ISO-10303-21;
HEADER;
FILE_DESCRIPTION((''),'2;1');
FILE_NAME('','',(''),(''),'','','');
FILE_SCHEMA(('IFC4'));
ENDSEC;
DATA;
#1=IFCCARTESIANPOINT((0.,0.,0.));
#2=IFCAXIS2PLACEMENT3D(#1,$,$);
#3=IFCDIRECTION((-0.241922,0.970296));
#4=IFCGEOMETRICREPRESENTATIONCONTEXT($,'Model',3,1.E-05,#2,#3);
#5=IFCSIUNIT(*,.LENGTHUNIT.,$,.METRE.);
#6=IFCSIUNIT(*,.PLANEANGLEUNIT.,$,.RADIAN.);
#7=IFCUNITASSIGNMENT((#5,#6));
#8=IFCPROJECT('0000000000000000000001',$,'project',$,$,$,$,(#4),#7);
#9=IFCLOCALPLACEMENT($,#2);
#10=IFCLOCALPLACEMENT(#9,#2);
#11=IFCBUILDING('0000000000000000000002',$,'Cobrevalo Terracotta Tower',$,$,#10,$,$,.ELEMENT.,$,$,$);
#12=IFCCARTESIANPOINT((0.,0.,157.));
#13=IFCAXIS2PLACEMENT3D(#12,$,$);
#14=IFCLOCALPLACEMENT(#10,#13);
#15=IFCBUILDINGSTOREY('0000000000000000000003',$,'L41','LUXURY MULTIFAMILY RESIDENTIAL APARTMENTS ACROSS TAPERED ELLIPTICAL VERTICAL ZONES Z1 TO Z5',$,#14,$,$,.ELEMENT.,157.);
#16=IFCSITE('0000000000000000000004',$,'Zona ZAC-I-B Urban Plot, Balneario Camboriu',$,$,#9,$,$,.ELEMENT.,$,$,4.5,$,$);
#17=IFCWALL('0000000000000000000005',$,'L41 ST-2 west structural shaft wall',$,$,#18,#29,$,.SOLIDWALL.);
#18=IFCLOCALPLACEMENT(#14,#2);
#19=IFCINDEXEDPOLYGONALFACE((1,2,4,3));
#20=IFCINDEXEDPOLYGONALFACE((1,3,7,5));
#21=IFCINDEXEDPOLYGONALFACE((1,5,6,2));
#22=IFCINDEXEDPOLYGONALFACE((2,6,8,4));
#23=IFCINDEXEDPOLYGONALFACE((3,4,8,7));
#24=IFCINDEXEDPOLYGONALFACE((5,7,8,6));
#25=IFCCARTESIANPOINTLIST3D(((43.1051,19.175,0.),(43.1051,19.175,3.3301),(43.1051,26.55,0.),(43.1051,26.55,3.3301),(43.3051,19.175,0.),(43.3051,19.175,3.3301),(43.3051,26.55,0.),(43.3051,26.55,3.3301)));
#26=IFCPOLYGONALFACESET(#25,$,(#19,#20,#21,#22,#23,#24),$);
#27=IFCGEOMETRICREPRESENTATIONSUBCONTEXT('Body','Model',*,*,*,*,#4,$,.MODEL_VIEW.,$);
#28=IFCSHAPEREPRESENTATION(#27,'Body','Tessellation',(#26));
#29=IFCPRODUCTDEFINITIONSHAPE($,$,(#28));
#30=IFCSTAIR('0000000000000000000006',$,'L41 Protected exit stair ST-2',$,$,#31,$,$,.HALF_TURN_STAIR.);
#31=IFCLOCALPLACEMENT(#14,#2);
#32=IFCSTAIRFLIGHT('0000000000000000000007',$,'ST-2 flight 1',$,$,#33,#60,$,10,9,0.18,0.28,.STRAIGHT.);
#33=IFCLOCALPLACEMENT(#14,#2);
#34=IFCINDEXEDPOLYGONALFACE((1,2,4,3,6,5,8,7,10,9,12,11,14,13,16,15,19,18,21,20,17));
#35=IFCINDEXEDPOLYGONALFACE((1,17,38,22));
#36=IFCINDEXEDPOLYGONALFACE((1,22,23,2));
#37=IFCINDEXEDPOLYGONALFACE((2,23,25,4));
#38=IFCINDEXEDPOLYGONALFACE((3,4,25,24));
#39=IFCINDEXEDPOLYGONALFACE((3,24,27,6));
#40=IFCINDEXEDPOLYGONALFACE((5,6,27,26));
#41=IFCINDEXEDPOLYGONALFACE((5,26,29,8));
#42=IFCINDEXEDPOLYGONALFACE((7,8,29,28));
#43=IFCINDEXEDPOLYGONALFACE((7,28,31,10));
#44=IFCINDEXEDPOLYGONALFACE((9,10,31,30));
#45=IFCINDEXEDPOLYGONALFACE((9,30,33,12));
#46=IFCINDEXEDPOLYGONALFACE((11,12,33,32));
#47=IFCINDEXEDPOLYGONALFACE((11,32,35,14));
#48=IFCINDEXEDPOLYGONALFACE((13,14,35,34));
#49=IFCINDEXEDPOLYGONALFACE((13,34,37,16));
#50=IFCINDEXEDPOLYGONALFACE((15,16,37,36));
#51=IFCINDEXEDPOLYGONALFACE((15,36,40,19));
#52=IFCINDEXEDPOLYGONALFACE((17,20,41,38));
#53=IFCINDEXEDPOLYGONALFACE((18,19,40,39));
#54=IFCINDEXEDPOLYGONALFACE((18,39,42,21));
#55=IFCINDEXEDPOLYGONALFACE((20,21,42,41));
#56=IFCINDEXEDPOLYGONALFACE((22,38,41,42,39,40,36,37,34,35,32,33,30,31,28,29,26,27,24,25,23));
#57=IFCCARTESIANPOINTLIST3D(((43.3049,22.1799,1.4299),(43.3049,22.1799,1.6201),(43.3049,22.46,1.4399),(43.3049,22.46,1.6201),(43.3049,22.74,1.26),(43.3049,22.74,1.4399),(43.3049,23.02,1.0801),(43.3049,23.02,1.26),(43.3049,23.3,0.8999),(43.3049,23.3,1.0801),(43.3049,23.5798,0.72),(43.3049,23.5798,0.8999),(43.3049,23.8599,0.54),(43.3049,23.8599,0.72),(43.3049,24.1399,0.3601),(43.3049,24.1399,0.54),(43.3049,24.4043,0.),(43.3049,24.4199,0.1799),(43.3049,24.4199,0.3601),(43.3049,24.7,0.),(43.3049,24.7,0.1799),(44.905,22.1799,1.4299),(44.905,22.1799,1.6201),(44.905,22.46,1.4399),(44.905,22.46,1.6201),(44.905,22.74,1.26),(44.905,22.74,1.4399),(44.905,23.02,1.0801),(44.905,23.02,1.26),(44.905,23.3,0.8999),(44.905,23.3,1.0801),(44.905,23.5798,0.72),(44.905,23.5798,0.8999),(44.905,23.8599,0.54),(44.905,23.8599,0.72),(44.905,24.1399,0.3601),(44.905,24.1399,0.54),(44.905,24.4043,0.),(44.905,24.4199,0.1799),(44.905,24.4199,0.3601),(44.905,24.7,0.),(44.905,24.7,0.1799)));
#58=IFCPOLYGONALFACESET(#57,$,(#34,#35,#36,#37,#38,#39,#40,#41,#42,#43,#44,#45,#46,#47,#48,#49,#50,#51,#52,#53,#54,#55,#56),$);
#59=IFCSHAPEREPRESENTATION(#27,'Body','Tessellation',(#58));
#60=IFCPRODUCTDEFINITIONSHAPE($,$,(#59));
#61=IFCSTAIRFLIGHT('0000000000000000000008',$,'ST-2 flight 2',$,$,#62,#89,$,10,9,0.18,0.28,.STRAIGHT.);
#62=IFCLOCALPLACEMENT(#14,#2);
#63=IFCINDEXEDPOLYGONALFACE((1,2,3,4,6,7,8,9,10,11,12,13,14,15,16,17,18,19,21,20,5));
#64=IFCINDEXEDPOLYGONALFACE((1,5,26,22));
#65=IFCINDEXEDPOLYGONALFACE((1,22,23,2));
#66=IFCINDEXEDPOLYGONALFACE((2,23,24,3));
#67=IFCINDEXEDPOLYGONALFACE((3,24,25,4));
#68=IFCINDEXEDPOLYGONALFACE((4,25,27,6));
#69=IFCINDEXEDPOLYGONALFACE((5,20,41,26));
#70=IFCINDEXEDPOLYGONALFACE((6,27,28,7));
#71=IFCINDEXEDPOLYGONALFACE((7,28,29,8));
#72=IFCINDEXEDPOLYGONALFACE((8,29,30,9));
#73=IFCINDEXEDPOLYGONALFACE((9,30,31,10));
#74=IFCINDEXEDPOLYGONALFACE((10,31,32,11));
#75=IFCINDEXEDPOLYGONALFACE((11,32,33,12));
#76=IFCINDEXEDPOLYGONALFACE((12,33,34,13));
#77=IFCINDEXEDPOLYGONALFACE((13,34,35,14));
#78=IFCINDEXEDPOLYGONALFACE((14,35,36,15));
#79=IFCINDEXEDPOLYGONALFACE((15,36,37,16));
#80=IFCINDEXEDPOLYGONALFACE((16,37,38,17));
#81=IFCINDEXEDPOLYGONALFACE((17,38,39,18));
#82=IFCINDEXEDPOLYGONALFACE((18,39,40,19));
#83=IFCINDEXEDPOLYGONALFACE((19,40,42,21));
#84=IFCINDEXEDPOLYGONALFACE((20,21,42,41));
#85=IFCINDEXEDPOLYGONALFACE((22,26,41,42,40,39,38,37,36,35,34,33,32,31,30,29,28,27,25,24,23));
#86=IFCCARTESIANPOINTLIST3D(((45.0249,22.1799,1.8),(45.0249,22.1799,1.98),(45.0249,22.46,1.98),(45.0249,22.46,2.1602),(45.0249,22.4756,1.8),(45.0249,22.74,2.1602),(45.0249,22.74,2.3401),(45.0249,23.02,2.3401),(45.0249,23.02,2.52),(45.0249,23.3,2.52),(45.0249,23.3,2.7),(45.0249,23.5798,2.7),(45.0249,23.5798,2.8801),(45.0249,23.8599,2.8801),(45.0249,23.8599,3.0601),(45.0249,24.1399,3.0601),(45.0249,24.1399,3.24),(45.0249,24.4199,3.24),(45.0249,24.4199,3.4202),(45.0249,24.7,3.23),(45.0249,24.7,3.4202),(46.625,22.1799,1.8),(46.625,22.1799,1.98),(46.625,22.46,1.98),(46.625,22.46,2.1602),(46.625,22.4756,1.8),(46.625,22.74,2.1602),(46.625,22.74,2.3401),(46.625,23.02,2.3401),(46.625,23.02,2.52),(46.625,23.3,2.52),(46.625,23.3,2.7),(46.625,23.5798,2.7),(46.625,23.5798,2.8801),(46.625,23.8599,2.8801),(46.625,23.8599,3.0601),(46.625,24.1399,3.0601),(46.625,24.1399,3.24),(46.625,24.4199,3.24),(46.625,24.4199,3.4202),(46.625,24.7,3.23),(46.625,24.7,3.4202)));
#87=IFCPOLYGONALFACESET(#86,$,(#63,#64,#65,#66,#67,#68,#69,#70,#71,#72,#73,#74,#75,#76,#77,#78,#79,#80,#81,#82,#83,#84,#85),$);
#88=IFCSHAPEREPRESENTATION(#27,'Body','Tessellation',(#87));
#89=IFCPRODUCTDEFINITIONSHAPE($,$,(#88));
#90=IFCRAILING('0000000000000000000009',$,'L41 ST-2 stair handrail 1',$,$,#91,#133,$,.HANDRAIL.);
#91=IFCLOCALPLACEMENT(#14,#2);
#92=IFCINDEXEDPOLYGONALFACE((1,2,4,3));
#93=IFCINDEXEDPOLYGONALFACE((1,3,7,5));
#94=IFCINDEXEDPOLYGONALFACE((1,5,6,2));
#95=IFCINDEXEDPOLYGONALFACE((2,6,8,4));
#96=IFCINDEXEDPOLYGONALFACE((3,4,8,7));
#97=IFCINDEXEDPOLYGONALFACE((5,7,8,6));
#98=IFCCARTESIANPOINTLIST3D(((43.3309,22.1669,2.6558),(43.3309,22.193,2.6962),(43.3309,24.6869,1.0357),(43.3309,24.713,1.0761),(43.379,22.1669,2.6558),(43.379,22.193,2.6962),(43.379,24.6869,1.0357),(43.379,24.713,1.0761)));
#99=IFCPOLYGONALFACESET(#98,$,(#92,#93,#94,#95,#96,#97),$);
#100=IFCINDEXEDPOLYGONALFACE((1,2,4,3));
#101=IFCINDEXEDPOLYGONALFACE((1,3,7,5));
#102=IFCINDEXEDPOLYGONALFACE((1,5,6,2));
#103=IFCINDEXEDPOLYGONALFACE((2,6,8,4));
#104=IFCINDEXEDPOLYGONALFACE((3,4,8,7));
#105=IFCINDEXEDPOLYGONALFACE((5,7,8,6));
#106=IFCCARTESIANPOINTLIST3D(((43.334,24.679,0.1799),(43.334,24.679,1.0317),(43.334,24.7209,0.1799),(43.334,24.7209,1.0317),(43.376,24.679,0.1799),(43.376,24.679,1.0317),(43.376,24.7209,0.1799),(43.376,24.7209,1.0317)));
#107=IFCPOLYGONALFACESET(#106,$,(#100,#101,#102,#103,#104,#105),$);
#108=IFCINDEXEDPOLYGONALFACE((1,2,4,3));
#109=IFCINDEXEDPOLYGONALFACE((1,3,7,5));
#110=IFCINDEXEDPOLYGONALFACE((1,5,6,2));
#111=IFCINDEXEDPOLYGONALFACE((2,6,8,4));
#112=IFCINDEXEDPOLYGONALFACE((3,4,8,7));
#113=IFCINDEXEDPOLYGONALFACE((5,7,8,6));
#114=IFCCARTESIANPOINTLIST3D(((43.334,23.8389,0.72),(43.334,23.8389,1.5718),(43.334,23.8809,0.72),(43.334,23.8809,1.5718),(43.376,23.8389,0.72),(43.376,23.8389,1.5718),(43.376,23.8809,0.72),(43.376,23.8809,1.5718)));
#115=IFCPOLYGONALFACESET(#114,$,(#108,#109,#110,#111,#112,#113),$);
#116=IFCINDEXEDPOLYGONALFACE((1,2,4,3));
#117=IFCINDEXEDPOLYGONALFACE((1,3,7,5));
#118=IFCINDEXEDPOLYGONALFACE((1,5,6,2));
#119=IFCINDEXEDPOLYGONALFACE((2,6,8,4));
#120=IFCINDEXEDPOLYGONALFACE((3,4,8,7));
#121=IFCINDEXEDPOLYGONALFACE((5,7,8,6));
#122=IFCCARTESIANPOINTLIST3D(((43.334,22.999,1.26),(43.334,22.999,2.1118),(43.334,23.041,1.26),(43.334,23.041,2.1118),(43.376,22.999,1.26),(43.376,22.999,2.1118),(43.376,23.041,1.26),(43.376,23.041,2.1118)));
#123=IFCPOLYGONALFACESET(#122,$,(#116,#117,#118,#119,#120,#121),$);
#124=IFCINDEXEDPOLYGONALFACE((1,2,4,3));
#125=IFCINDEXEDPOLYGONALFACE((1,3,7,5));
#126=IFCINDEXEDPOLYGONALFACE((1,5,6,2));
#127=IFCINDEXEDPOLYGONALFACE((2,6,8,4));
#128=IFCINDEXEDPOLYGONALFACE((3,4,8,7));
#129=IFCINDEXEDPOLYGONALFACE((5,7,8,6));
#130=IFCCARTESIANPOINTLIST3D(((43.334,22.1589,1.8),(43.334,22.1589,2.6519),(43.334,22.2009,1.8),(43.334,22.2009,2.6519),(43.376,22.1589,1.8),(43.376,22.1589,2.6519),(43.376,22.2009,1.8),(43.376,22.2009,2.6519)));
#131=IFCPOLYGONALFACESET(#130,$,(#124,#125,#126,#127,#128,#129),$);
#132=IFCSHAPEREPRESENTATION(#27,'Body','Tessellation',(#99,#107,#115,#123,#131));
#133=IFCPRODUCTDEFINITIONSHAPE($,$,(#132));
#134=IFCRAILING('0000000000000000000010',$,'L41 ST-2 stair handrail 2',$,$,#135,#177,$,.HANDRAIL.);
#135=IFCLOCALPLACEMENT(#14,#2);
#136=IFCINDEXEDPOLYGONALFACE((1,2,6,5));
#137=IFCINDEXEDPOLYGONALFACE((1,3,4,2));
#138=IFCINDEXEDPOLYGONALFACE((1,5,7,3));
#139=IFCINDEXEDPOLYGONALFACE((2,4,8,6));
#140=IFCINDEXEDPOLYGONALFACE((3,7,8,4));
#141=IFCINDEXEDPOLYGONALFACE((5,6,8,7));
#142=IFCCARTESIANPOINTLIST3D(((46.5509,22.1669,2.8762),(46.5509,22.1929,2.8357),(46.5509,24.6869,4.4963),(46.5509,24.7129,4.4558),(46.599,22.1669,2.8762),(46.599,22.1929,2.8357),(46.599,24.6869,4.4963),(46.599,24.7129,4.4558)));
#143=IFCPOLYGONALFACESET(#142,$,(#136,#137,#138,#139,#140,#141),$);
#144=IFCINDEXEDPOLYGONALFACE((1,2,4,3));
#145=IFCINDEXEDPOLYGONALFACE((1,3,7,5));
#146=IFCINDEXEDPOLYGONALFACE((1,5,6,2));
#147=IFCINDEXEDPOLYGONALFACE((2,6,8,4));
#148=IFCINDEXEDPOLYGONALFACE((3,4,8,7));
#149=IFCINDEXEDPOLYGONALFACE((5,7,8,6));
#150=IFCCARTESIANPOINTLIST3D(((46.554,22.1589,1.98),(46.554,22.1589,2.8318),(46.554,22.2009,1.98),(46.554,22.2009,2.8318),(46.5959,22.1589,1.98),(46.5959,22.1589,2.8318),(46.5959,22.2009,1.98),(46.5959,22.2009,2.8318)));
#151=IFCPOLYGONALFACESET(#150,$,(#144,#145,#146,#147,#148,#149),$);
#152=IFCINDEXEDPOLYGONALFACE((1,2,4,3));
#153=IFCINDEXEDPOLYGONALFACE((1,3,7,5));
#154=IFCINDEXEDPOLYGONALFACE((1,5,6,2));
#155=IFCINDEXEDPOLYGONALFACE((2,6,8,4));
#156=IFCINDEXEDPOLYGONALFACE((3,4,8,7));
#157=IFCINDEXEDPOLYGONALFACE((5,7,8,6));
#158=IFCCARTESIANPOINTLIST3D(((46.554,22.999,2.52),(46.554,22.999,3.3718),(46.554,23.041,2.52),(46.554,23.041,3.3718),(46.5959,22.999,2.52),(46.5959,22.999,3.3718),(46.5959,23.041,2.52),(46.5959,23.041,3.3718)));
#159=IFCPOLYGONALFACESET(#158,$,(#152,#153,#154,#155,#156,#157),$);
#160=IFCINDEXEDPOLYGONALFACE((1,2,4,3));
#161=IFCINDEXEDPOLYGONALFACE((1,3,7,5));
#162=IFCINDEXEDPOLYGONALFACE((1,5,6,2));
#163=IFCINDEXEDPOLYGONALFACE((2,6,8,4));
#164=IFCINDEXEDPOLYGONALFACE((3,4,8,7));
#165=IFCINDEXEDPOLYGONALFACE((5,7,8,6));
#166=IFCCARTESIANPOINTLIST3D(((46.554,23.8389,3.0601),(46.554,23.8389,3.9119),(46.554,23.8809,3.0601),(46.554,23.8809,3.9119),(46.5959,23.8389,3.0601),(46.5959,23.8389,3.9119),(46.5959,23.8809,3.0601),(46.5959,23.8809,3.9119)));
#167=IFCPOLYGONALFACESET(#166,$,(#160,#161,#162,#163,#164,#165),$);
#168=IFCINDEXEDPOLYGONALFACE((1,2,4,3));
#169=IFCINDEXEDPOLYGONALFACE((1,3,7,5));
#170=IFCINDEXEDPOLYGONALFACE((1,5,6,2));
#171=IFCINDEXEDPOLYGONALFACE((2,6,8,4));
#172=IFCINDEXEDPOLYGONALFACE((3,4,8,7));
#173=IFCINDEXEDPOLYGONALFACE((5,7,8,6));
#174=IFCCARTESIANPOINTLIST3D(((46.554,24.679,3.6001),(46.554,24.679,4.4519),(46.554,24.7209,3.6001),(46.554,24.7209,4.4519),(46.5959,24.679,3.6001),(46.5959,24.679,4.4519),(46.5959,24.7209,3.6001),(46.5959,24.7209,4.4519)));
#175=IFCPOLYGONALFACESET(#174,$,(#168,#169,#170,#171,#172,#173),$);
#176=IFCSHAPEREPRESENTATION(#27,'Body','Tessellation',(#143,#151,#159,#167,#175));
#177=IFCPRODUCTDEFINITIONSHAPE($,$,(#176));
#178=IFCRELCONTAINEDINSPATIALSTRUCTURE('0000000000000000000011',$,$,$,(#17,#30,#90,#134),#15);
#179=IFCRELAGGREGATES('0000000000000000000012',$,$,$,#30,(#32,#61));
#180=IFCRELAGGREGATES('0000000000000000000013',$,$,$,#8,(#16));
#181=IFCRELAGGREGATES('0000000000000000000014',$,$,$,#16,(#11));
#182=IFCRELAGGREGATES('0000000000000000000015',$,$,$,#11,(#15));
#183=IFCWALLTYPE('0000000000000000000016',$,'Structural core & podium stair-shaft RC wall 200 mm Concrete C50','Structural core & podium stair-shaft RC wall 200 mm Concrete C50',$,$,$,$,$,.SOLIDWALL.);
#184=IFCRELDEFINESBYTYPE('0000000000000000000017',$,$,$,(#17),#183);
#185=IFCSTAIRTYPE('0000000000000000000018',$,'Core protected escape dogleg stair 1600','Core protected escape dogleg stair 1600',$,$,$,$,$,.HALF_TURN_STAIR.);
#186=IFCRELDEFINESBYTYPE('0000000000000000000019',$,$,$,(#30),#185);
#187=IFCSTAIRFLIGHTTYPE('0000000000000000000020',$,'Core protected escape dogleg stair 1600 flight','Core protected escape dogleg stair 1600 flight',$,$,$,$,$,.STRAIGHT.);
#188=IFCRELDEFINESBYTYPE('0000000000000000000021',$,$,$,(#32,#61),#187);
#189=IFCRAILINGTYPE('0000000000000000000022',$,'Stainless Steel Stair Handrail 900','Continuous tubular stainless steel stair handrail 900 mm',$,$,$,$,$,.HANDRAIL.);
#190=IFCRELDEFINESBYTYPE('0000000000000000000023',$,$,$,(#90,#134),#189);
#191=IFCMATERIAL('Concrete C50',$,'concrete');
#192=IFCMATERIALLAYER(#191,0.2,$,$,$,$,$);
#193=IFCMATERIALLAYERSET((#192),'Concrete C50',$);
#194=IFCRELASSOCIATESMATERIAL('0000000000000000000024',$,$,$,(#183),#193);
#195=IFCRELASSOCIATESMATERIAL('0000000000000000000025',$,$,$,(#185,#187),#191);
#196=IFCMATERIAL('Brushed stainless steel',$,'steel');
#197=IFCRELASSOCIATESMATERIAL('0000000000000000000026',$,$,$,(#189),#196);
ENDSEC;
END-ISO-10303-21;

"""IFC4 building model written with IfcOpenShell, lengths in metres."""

from ifc_helpers import new_model, si_unit, direction, frame, frame_2d, origin, origin_2d, place, context, subcontext, project, spatial, polyline, rectangle, outline, extrude, material, layer, layer_set, type_object, element, aggregate, save


model = new_model("IFC4")

# Units and contexts
model_context = context("Model", 3, precision=1e-05, world=origin(), true_north=direction((-0.241922, 0.970296)))
body_context = subcontext(model_context, "Body", "Model", "MODEL_VIEW")
ifc_project = project(units=[si_unit("LENGTHUNIT", "METRE"), si_unit("PLANEANGLEUNIT", "RADIAN")], contexts=[model_context])

# Site, building, storey
site_placement = place(None, origin())
site = spatial("IfcSite", under=ifc_project, at=site_placement, Name="Zona ZAC-I-B Urban Plot, Balneario Camboriu", CompositionType="ELEMENT", RefElevation=4.5)
building_placement = place(site_placement, origin())
building = spatial("IfcBuilding", under=site, at=building_placement, Name="Cobrevalo Terracotta Tower", CompositionType="ELEMENT")
storey_placement = place(building_placement, frame((0.0, 0.0, 157.0)))
storey = spatial("IfcBuildingStorey", under=building, at=storey_placement, Name="L41", Description="LUXURY MULTIFAMILY RESIDENTIAL APARTMENTS ACROSS TAPERED ELLIPTICAL VERTICAL ZONES Z1 TO Z5", CompositionType="ELEMENT", Elevation=157.0)

# Shared definitions
ifc_material_1 = material(Name="Concrete C50", Category="concrete")

# Wall
ifc_layer_1 = layer(ifc_material_1, 0.2)
ifc_layer_set_1 = layer_set([ifc_layer_1], Name="Concrete C50")
wall_type_1 = type_object("IfcWallType", Name="Structural core & podium stair-shaft RC wall 200 mm Concrete C50", Description="Structural core & podium stair-shaft RC wall 200 mm Concrete C50", PredefinedType="SOLIDWALL", material=ifc_layer_set_1)
wall_1_placement = place(storey_placement, frame((43.2051, 19.175, 0.0), z_axis=(0.0, 0.0, 1.0), x_axis=(0.0, 1.0, 0.0)))
element("IfcWall", 1, at=wall_1_placement, inside=storey, type_object=wall_type_1, Name="L41 ST-2 west structural shaft wall", PredefinedType="SOLIDWALL", context=body_context, shape_type="SweptSolid", body=[
    extrude(rectangle(XDim=7.375, YDim=0.2, at=frame_2d((3.6875, 0.0))), origin(), (0.0, 0.0, 1.0), 3.3301),
])

# Stair, stair flights
stair_type = type_object("IfcStairType", Name="Core protected escape dogleg stair 1600", Description="Core protected escape dogleg stair 1600", PredefinedType="HALF_TURN_STAIR", material=ifc_material_1)
stair_placement = place(storey_placement, origin())
stair = element("IfcStair", 2, at=stair_placement, inside=storey, type_object=stair_type, Name="L41 Protected exit stair ST-2", PredefinedType="HALF_TURN_STAIR")
stair_flight_type = type_object("IfcStairFlightType", Name="Core protected escape dogleg stair 1600 flight", Description="Core protected escape dogleg stair 1600 flight", PredefinedType="STRAIGHT", material=ifc_material_1)
stair_flight_1_placement = place(storey_placement, frame((44.105, 24.7, 0.0), z_axis=(0.0, 0.0, 1.0), x_axis=(0.0, -1.0, 0.0)))
stair_flight_1 = element("IfcStairFlight", 3, at=stair_flight_1_placement, type_object=stair_flight_type, Name="ST-2 flight 1", NumberOfRisers=10, NumberOfTreads=9, PredefinedType="STRAIGHT", RiserHeight=0.18, TreadLength=0.28, context=body_context, shape_type="SweptSolid", body=[
    extrude(outline(polyline([(0.0, 0.0), (0.0, 0.1799), (0.28, 0.1799), (0.28, 0.3601), (0.5601, 0.3601), (0.5601, 0.54), (0.8401, 0.54), (0.8401, 0.72), (1.1201, 0.72), (1.1201, 0.8999), (1.3999, 0.8999), (1.3999, 1.0801), (1.6799, 1.0801), (1.6799, 1.26), (1.96, 1.26), (1.96, 1.4399), (2.24, 1.4399), (2.24, 1.6201), (2.52, 1.6201), (2.52, 1.8), (2.52, 1.4299), (0.2957, 0.0), (0.0, 0.0)])), frame((0.0, 0.8, 0.0), z_axis=(0.0, -1.0, 0.0), x_axis=(1.0, 0.0, 0.0)), (0.0, 0.0, 1.0), 1.6001),
])
stair_flight_2_placement = place(storey_placement, frame((45.825, 22.1799, 1.8), z_axis=(0.0, 0.0, 1.0), x_axis=(0.0, 1.0, 0.0)))
stair_flight_2 = element("IfcStairFlight", 4, at=stair_flight_2_placement, type_object=stair_flight_type, Name="ST-2 flight 2", NumberOfRisers=10, NumberOfTreads=9, PredefinedType="STRAIGHT", RiserHeight=0.18, TreadLength=0.28, context=body_context, shape_type="SweptSolid", body=[
    extrude(outline(polyline([(0.0, 0.0), (0.0, 0.1799), (0.28, 0.1799), (0.28, 0.3601), (0.5601, 0.3601), (0.5601, 0.54), (0.8401, 0.54), (0.8401, 0.72), (1.1201, 0.72), (1.1201, 0.8999), (1.3999, 0.8999), (1.3999, 1.0801), (1.6799, 1.0801), (1.6799, 1.26), (1.96, 1.26), (1.96, 1.4399), (2.24, 1.4399), (2.24, 1.6201), (2.52, 1.6201), (2.52, 1.8), (2.52, 1.4299), (0.2957, 0.0), (0.0, 0.0)])), frame((0.0, 0.8, 0.0), z_axis=(0.0, -1.0, 0.0), x_axis=(1.0, 0.0, 0.0)), (0.0, 0.0, 1.0), 1.6001),
])
aggregate(stair, [stair_flight_1, stair_flight_2])

# Railings
ifc_material_2 = material(Name="Brushed stainless steel", Category="steel")
railing_type_1 = type_object("IfcRailingType", Name="Stainless Steel Stair Handrail 900", Description="Continuous tubular stainless steel stair handrail 900 mm", PredefinedType="HANDRAIL", material=ifc_material_2)
railing_1_placement = place(storey_placement, frame((43.355, 24.7, 0.1799)))
element("IfcRailing", 5, at=railing_1_placement, inside=storey, type_object=railing_type_1, Name="L41 ST-2 stair handrail 1", PredefinedType="HANDRAIL", context=body_context, shape_type="SweptSolid", body=[
    extrude(rectangle(XDim=0.0481, YDim=0.0481, at=origin_2d()), frame((0.0, 0.0, 0.876), z_axis=(0.0, -0.841163, 0.540782), x_axis=(1.0, 0.0, 0.0)), (0.0, 0.0, 1.0), 2.9958),
    extrude(rectangle(XDim=0.042, YDim=0.042, at=origin_2d()), origin(), (0.0, 0.0, 1.0), 0.8518),
    extrude(rectangle(XDim=0.042, YDim=0.042, at=origin_2d()), frame((0.0, -0.8401, 0.54)), (0.0, 0.0, 1.0), 0.8518),
    extrude(rectangle(XDim=0.042, YDim=0.042, at=origin_2d()), frame((0.0, -1.6799, 1.0801)), (0.0, 0.0, 1.0), 0.8518),
    extrude(rectangle(XDim=0.042, YDim=0.042, at=origin_2d()), frame((0.0, -2.52, 1.6201)), (0.0, 0.0, 1.0), 0.8518),
])
railing_2_placement = place(storey_placement, frame((46.575, 22.1799, 1.98)))
element("IfcRailing", 6, at=railing_2_placement, inside=storey, type_object=railing_type_1, Name="L41 ST-2 stair handrail 2", PredefinedType="HANDRAIL", context=body_context, shape_type="SweptSolid", body=[
    extrude(rectangle(XDim=0.0481, YDim=0.0481, at=origin_2d()), frame((0.0, 0.0, 0.876), z_axis=(0.0, 0.841163, 0.540782), x_axis=(-1.0, 0.0, 0.0)), (0.0, 0.0, 1.0), 2.9958),
    extrude(rectangle(XDim=0.042, YDim=0.042, at=origin_2d()), origin(), (0.0, 0.0, 1.0), 0.8518),
    extrude(rectangle(XDim=0.042, YDim=0.042, at=origin_2d()), frame((0.0, 0.8401, 0.54)), (0.0, 0.0, 1.0), 0.8518),
    extrude(rectangle(XDim=0.042, YDim=0.042, at=origin_2d()), frame((0.0, 1.6799, 1.0801)), (0.0, 0.0, 1.0), 0.8518),
    extrude(rectangle(XDim=0.042, YDim=0.042, at=origin_2d()), frame((0.0, 2.52, 1.6201)), (0.0, 0.0, 1.0), 0.8518),
])

save(model, "model.ifc")
